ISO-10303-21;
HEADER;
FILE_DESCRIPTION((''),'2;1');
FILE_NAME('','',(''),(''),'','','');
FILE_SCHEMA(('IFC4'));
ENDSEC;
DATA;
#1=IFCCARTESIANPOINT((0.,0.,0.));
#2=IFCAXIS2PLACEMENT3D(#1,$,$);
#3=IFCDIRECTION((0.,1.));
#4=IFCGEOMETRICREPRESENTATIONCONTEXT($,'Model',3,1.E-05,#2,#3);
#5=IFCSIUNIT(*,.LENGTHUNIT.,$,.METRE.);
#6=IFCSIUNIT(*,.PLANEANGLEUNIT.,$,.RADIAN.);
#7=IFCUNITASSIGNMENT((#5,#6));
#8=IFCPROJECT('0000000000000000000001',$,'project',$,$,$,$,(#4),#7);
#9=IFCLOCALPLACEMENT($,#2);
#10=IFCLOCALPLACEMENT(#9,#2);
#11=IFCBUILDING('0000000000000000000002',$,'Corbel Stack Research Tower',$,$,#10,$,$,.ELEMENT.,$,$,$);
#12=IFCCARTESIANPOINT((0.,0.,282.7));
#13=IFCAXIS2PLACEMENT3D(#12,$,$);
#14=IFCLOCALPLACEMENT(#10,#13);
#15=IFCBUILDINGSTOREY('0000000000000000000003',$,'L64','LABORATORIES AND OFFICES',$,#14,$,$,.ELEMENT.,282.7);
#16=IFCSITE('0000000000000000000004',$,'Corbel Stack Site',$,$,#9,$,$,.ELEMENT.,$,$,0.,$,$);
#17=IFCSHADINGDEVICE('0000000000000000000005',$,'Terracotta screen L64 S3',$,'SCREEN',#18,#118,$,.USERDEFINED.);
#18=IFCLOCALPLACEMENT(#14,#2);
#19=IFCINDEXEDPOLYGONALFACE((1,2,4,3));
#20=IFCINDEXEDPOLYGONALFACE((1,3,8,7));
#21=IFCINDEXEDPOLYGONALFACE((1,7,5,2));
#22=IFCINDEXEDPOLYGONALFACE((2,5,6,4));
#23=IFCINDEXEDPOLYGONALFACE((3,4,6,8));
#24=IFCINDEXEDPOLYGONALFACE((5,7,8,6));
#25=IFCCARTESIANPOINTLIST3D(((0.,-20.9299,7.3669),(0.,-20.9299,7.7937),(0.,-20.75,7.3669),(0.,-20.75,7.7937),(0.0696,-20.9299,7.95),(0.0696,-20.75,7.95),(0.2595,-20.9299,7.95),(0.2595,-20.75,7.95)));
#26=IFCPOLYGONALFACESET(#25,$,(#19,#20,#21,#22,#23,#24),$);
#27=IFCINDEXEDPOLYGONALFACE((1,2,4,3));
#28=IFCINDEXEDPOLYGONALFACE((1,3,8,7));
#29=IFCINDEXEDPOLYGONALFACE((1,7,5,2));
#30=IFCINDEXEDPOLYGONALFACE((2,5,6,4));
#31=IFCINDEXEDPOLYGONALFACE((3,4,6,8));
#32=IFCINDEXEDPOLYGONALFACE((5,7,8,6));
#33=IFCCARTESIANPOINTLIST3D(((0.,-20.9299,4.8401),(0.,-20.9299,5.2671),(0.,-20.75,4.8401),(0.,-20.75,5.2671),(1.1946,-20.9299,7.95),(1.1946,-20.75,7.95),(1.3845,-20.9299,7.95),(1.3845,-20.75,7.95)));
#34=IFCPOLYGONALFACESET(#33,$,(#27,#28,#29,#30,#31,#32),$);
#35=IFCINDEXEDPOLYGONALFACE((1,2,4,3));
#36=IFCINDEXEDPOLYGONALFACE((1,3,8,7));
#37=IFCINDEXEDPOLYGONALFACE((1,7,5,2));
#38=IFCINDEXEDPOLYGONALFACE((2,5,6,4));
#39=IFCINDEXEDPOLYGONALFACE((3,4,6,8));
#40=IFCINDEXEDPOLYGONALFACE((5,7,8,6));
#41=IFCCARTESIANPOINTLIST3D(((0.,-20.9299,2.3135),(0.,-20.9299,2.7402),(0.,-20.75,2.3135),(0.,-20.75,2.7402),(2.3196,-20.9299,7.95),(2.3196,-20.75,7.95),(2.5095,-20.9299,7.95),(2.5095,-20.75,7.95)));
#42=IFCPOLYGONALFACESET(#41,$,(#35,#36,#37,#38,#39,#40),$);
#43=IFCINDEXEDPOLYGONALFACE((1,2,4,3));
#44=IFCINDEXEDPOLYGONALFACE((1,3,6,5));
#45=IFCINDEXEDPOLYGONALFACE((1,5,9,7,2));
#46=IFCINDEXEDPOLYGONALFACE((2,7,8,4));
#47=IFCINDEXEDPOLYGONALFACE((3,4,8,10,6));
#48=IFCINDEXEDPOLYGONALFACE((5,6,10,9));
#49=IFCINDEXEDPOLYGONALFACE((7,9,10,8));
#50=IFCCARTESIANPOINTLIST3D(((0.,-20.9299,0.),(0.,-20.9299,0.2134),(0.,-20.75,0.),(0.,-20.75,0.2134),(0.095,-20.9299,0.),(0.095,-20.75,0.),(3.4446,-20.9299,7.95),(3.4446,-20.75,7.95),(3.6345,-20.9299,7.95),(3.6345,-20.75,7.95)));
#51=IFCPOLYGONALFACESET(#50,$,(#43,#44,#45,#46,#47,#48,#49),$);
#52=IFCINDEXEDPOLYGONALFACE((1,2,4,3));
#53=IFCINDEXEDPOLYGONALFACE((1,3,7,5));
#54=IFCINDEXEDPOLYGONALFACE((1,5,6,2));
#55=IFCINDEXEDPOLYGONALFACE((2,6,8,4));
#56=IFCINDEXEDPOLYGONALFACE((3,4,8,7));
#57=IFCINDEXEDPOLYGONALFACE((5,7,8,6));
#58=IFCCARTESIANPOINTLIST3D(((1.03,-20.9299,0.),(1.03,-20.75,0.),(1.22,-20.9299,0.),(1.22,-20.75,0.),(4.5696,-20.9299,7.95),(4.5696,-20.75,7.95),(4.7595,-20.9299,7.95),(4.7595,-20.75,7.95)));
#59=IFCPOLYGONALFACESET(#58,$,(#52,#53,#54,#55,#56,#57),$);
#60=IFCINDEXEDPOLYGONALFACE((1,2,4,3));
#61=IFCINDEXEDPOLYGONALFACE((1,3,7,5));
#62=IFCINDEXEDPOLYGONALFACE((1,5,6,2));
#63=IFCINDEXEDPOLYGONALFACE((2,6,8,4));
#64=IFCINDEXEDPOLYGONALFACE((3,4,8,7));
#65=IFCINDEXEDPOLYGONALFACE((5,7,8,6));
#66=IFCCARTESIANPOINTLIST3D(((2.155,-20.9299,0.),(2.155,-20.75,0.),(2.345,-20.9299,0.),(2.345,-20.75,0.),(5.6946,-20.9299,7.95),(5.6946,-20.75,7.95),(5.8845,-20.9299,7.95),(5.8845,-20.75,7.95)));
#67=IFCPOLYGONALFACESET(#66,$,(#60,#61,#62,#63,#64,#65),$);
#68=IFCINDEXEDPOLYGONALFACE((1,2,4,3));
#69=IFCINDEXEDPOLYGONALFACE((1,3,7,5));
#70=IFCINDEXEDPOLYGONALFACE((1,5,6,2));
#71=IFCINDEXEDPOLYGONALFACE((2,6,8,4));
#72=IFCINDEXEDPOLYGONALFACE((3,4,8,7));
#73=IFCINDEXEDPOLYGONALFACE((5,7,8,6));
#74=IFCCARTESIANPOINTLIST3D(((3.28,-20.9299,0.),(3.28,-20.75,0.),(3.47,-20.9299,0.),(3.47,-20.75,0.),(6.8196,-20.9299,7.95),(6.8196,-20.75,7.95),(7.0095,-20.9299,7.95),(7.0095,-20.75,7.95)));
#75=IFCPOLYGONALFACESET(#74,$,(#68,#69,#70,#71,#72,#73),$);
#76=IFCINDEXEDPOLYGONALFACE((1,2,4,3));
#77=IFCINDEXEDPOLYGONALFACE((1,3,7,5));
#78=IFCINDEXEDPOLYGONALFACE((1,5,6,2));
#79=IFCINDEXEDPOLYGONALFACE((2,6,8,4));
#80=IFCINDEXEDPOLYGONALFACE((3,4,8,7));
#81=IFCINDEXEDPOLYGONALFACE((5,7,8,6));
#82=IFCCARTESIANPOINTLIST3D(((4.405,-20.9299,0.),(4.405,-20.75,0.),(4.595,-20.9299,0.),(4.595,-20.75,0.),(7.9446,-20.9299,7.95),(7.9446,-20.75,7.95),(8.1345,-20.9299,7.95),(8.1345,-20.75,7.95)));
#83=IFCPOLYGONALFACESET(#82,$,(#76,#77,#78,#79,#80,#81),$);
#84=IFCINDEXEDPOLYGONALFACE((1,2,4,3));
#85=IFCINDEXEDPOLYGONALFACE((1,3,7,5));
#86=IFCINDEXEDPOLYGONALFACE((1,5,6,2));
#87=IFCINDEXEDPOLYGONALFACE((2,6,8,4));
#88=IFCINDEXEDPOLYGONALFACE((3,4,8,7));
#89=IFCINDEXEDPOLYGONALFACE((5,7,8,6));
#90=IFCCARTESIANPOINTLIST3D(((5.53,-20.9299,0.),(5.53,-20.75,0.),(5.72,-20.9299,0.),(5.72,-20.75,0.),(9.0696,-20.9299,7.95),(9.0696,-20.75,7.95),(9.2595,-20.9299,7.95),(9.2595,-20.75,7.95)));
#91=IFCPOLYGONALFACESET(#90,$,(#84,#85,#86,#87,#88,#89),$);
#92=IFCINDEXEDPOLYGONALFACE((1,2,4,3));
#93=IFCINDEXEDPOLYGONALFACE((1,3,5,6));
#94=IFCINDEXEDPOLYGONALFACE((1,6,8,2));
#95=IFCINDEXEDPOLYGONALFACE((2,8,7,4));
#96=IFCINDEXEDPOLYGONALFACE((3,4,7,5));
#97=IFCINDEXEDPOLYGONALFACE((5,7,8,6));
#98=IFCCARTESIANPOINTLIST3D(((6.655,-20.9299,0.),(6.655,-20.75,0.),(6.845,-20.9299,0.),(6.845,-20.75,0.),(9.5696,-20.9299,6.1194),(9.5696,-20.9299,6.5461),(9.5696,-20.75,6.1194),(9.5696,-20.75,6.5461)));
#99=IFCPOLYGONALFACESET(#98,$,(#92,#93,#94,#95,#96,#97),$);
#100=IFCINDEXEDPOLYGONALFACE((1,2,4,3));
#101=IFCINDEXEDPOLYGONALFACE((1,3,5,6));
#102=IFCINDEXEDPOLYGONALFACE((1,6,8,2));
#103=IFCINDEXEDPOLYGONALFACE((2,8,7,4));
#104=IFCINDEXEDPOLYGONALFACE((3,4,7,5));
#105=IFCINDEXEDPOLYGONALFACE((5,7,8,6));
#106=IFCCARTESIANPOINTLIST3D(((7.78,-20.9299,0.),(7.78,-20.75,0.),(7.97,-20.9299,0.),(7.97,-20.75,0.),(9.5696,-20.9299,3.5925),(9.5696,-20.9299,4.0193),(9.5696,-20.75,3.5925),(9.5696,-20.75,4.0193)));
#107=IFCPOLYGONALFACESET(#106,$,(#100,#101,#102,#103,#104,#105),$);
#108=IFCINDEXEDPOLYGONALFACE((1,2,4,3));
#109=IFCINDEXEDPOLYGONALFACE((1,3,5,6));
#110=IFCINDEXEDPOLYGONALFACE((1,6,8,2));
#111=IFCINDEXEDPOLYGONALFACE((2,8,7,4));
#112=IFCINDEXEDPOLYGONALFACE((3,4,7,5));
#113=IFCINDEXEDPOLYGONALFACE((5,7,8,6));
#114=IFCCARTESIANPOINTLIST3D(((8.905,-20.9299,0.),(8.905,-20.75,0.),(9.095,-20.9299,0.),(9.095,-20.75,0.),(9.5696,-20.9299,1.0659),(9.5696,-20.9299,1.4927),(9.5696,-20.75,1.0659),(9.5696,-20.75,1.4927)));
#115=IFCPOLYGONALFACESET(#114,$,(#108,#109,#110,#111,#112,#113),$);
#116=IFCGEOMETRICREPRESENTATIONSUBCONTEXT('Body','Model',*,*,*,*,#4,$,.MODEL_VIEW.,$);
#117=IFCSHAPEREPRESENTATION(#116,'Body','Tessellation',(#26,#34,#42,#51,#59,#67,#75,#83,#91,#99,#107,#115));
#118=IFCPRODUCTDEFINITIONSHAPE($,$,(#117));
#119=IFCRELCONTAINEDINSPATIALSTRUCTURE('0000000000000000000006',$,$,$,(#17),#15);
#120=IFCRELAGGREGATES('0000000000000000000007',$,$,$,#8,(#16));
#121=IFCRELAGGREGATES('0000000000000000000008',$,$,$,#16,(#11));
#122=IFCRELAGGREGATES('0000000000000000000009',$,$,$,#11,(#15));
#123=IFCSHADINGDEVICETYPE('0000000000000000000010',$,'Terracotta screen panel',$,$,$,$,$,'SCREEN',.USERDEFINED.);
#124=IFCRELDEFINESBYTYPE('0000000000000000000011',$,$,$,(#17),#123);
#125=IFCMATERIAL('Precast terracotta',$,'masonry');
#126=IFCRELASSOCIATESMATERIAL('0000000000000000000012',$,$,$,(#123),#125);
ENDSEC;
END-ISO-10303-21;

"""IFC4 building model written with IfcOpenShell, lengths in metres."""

from ifc_helpers import new_model, si_unit, direction, frame, origin, place, context, subcontext, project, spatial, polyline, outline, extrude, source, transform, mapped, material, type_object, element, save


model = new_model("IFC4")

# Units and contexts
model_context = context("Model", 3, precision=1e-05, world=origin(), true_north=direction((0.0, 1.0)))
body_context = subcontext(model_context, "Body", "Model", "MODEL_VIEW")
ifc_project = project(units=[si_unit("LENGTHUNIT", "METRE"), si_unit("PLANEANGLEUNIT", "RADIAN")], contexts=[model_context])

# Site, building, storey
site_placement = place(None, origin())
site = spatial("IfcSite", under=ifc_project, at=site_placement, Name="Corbel Stack Site", CompositionType="ELEMENT", RefElevation=0.0)
building_placement = place(site_placement, origin())
building = spatial("IfcBuilding", under=site, at=building_placement, Name="Corbel Stack Research Tower", CompositionType="ELEMENT")
storey_placement = place(building_placement, frame((0.0, 0.0, 282.7)))
storey = spatial("IfcBuildingStorey", under=building, at=storey_placement, Name="L64", Description="LABORATORIES AND OFFICES", CompositionType="ELEMENT", Elevation=282.7)

# Shading device
ifc_material_1 = material(Name="Precast terracotta", Category="masonry")
shading_device_type = type_object("IfcShadingDeviceType", Name="Terracotta screen panel", ElementType="SCREEN", PredefinedType="USERDEFINED", material=ifc_material_1)
shared_shape = source(origin(), body_context, "Body", "SweptSolid", [
    extrude(outline(polyline([(0.2595, 7.95), (0.0696, 7.95), (0.0, 7.7937), (0.0, 7.3669), (0.2595, 7.95)])), frame((0.0, 0.0, 0.0), z_axis=(0.0, -1.0, 0.0), x_axis=(1.0, 0.0, 0.0)), (0.0, 0.0, 1.0), 0.1799),
    extrude(outline(polyline([(1.3845, 7.95), (1.1946, 7.95), (0.0, 5.2671), (0.0, 4.8401), (1.3845, 7.95)])), frame((0.0, 0.0, 0.0), z_axis=(0.0, -1.0, 0.0), x_axis=(1.0, 0.0, 0.0)), (0.0, 0.0, 1.0), 0.1799),
    extrude(outline(polyline([(2.5095, 7.95), (2.3196, 7.95), (0.0, 2.7402), (0.0, 2.3135), (2.5095, 7.95)])), frame((0.0, 0.0, 0.0), z_axis=(0.0, -1.0, 0.0), x_axis=(1.0, 0.0, 0.0)), (0.0, 0.0, 1.0), 0.1799),
    extrude(outline(polyline([(0.095, 0.0), (3.6345, 7.95), (3.4446, 7.95), (0.0, 0.2134), (0.0, 0.0), (0.095, 0.0)])), frame((0.0, 0.0, 0.0), z_axis=(0.0, -1.0, 0.0), x_axis=(1.0, 0.0, 0.0)), (0.0, 0.0, 1.0), 0.1799),
    extrude(outline(polyline([(1.22, 0.0), (4.7595, 7.95), (4.5696, 7.95), (1.03, 0.0), (1.22, 0.0)])), frame((0.0, 0.0, 0.0), z_axis=(0.0, -1.0, 0.0), x_axis=(1.0, 0.0, 0.0)), (0.0, 0.0, 1.0), 0.1799),
    extrude(outline(polyline([(2.345, 0.0), (5.8845, 7.95), (5.6946, 7.95), (2.155, 0.0), (2.345, 0.0)])), frame((0.0, 0.0, 0.0), z_axis=(0.0, -1.0, 0.0), x_axis=(1.0, 0.0, 0.0)), (0.0, 0.0, 1.0), 0.1799),
    extrude(outline(polyline([(3.47, 0.0), (7.0095, 7.95), (6.8196, 7.95), (3.28, 0.0), (3.47, 0.0)])), frame((0.0, 0.0, 0.0), z_axis=(0.0, -1.0, 0.0), x_axis=(1.0, 0.0, 0.0)), (0.0, 0.0, 1.0), 0.1799),
    extrude(outline(polyline([(4.595, 0.0), (8.1345, 7.95), (7.9446, 7.95), (4.405, 0.0), (4.595, 0.0)])), frame((0.0, 0.0, 0.0), z_axis=(0.0, -1.0, 0.0), x_axis=(1.0, 0.0, 0.0)), (0.0, 0.0, 1.0), 0.1799),
    extrude(outline(polyline([(5.72, 0.0), (9.2595, 7.95), (9.0696, 7.95), (5.53, 0.0), (5.72, 0.0)])), frame((0.0, 0.0, 0.0), z_axis=(0.0, -1.0, 0.0), x_axis=(1.0, 0.0, 0.0)), (0.0, 0.0, 1.0), 0.1799),
    extrude(outline(polyline([(6.845, 0.0), (9.5696, 6.1194), (9.5696, 6.5461), (6.655, 0.0), (6.845, 0.0)])), frame((0.0, 0.0, 0.0), z_axis=(0.0, -1.0, 0.0), x_axis=(1.0, 0.0, 0.0)), (0.0, 0.0, 1.0), 0.1799),
    extrude(outline(polyline([(7.97, 0.0), (9.5696, 3.5925), (9.5696, 4.0193), (7.78, 0.0), (7.97, 0.0)])), frame((0.0, 0.0, 0.0), z_axis=(0.0, -1.0, 0.0), x_axis=(1.0, 0.0, 0.0)), (0.0, 0.0, 1.0), 0.1799),
    extrude(outline(polyline([(9.095, 0.0), (9.5696, 1.0659), (9.5696, 1.4927), (8.905, 0.0), (9.095, 0.0)])), frame((0.0, 0.0, 0.0), z_axis=(0.0, -1.0, 0.0), x_axis=(1.0, 0.0, 0.0)), (0.0, 0.0, 1.0), 0.1799),
])
shading_device_placement = place(storey_placement, frame((0.0, -20.75, 0.0), z_axis=(0.0, 0.0, 1.0), x_axis=(1.0, 0.0, 0.0)))
element("IfcShadingDevice", 1, at=shading_device_placement, inside=storey, type_object=shading_device_type, Name="Terracotta screen L64 S3", ObjectType="SCREEN", PredefinedType="USERDEFINED", context=body_context, shape_type="MappedRepresentation", body=[
    mapped(shared_shape, transform((0.0, 0.0, 0.0))),
])

save(model, "model.ifc")
